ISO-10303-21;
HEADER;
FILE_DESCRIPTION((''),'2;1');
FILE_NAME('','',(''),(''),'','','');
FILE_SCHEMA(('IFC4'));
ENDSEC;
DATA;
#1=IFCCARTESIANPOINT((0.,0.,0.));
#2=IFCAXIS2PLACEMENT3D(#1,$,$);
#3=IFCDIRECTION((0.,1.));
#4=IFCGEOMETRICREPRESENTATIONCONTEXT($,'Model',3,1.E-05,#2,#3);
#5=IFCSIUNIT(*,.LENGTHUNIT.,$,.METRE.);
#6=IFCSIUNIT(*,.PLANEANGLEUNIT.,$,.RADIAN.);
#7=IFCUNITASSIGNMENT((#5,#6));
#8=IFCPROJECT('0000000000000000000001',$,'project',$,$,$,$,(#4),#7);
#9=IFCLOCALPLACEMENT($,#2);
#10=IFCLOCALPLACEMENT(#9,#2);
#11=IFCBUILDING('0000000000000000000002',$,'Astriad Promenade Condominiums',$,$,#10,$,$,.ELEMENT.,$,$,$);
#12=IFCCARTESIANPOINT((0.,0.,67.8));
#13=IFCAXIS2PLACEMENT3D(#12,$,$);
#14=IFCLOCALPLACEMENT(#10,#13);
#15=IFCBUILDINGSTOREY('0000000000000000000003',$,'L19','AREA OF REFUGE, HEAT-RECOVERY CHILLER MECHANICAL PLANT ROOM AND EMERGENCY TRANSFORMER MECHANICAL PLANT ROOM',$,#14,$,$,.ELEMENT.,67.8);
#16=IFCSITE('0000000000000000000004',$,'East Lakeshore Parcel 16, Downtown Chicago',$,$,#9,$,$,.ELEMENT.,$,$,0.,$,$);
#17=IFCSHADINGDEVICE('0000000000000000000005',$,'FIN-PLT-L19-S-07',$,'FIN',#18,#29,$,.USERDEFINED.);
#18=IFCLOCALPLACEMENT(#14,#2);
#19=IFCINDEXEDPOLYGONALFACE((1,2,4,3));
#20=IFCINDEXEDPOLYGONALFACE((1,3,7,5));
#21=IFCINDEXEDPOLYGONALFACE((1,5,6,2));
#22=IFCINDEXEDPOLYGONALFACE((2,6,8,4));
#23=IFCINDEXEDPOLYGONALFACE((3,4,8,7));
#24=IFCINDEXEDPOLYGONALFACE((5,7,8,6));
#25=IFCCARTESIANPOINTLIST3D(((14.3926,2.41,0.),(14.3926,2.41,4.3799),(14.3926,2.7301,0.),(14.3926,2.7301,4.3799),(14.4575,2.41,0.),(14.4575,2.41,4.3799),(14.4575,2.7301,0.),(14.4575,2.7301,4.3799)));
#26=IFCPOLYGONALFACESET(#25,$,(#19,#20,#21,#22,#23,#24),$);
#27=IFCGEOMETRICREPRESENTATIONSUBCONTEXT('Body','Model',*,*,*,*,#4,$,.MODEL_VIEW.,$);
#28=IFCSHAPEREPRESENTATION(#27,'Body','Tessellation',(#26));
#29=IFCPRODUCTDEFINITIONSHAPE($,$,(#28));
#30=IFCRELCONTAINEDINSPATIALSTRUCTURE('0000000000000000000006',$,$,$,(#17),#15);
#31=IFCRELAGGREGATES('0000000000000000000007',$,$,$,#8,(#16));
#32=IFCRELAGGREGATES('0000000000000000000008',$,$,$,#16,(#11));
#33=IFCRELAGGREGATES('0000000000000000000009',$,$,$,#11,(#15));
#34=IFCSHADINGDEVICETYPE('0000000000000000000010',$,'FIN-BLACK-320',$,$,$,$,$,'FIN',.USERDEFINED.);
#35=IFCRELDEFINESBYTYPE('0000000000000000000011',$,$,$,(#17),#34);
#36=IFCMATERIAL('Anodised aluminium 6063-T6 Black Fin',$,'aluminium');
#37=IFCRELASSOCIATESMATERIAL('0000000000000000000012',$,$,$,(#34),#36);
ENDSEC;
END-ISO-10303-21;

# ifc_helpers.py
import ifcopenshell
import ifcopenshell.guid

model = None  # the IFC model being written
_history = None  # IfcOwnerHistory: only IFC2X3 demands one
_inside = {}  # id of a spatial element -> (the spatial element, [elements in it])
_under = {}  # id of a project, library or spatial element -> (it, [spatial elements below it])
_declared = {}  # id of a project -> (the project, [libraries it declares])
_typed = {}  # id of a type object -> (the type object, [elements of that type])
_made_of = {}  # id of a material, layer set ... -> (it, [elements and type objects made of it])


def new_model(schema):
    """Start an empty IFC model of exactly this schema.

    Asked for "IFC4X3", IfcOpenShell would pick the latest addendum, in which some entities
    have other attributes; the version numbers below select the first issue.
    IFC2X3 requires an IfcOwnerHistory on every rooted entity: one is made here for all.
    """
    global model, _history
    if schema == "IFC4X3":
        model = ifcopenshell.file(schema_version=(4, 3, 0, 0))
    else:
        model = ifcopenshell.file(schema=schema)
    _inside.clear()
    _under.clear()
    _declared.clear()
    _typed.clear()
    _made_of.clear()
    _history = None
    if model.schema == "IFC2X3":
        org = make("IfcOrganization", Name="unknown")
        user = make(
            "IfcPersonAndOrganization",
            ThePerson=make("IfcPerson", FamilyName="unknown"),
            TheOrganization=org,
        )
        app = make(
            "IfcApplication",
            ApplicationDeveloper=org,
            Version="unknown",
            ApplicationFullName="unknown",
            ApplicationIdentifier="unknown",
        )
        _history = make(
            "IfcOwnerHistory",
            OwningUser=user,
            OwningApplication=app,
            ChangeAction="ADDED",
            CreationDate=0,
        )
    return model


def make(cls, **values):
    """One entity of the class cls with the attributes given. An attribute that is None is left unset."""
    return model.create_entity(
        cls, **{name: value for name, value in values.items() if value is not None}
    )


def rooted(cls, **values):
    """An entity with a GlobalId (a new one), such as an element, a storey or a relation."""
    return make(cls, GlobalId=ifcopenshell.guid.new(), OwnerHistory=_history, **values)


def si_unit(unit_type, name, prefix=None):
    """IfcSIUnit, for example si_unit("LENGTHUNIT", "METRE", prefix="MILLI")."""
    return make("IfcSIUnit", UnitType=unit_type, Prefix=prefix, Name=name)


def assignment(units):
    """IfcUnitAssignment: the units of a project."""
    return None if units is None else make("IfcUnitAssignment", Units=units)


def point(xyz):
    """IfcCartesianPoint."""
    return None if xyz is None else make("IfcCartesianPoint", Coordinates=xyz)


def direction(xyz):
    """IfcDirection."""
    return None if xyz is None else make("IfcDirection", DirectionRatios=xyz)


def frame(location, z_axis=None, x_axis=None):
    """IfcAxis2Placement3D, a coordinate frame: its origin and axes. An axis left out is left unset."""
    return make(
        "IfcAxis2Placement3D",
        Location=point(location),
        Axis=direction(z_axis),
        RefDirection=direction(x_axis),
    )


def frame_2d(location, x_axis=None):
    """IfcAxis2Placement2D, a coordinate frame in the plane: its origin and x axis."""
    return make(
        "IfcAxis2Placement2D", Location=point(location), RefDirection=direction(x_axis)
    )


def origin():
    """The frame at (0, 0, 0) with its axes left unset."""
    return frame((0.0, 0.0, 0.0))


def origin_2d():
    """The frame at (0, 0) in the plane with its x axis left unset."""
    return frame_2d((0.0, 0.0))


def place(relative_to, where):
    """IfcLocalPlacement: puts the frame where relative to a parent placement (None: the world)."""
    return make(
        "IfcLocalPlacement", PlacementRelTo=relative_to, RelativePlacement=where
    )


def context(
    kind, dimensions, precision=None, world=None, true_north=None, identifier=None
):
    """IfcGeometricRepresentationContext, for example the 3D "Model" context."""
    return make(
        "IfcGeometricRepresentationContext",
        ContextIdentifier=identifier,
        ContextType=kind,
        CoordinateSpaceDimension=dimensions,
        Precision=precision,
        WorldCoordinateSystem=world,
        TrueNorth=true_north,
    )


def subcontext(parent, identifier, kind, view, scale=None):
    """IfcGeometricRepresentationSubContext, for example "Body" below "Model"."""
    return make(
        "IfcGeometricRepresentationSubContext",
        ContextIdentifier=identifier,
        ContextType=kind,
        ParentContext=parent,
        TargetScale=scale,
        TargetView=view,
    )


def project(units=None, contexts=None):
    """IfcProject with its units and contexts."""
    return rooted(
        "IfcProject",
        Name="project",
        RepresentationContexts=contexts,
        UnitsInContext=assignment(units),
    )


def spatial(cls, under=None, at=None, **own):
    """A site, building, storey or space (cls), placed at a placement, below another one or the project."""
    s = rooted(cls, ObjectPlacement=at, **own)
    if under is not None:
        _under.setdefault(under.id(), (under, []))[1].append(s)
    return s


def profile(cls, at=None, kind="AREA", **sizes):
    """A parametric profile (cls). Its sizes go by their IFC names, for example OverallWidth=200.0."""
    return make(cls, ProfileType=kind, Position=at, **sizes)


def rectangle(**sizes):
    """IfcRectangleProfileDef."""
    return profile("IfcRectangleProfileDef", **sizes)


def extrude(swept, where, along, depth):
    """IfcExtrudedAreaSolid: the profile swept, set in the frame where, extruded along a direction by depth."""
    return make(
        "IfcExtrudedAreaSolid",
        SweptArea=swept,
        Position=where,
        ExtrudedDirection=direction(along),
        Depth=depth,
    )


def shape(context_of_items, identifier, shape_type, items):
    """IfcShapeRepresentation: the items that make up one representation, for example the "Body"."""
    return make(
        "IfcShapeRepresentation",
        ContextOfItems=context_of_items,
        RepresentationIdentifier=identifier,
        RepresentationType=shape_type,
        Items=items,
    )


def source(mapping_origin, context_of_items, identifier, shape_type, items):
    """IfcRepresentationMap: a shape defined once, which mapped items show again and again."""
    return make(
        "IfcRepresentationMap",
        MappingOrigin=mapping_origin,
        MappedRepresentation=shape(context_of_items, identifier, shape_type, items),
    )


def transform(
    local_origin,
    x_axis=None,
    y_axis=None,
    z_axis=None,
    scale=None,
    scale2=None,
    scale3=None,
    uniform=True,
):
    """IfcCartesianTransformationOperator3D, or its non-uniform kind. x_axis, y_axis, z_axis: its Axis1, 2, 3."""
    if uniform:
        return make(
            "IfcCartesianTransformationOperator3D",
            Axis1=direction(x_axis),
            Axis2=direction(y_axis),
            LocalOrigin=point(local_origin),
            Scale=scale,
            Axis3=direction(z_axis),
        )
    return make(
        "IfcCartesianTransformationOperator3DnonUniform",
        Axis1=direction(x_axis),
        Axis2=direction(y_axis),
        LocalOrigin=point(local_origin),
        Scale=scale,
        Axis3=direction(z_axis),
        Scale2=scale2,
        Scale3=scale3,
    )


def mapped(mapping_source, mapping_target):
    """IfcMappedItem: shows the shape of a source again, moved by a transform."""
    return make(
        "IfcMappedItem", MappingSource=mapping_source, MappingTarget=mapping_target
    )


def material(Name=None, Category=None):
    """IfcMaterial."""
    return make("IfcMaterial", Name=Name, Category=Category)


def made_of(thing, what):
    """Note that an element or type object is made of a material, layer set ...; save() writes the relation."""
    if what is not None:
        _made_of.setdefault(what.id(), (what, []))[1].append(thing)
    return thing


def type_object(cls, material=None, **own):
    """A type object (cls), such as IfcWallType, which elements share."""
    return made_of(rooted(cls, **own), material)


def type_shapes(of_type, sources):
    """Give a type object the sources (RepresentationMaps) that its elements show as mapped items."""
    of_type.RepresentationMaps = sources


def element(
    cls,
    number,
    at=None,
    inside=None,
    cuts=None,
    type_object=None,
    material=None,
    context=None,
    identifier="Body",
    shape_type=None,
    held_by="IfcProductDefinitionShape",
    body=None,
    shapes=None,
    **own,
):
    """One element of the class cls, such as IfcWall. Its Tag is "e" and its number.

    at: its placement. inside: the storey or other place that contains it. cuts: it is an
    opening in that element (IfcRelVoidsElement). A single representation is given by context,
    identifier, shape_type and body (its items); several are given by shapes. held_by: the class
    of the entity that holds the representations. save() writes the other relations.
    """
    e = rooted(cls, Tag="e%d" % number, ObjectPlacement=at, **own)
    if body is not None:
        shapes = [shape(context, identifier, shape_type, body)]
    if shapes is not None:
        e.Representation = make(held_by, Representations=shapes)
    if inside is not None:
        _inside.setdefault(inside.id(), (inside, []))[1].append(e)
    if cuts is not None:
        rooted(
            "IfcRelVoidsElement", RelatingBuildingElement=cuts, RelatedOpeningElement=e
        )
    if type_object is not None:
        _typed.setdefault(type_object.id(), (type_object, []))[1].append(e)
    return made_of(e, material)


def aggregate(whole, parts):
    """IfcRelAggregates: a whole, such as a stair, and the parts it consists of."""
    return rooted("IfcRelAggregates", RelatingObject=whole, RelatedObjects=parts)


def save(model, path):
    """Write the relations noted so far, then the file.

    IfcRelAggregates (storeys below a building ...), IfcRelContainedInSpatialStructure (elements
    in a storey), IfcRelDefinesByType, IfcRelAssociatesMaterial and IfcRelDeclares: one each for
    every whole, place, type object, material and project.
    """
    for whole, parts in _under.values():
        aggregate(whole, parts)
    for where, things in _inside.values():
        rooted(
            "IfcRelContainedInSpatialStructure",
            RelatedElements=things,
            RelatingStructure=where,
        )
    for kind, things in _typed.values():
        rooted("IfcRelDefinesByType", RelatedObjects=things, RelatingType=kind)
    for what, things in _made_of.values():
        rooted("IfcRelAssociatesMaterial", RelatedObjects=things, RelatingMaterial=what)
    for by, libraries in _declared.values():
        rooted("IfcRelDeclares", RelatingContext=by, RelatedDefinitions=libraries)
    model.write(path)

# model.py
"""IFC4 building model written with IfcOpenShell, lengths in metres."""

from ifc_helpers import new_model, si_unit, direction, frame, origin, origin_2d, place, context, subcontext, project, spatial, rectangle, extrude, source, transform, mapped, material, type_object, type_shapes, element, save


model = new_model("IFC4")

# Units and contexts
model_context = context("Model", 3, precision=1e-05, world=origin(), true_north=direction((0.0, 1.0)))
body_context = subcontext(model_context, "Body", "Model", "MODEL_VIEW")
ifc_project = project(units=[si_unit("LENGTHUNIT", "METRE"), si_unit("PLANEANGLEUNIT", "RADIAN")], contexts=[model_context])

# Site, building, storey
site_placement = place(None, origin())
site = spatial("IfcSite", under=ifc_project, at=site_placement, Name="East Lakeshore Parcel 16, Downtown Chicago", CompositionType="ELEMENT", RefElevation=0.0)
building_placement = place(site_placement, origin())
building = spatial("IfcBuilding", under=site, at=building_placement, Name="Astriad Promenade Condominiums", CompositionType="ELEMENT")
storey_placement = place(building_placement, frame((0.0, 0.0, 67.8)))
storey = spatial("IfcBuildingStorey", under=building, at=storey_placement, Name="L19", Description="AREA OF REFUGE, HEAT-RECOVERY CHILLER MECHANICAL PLANT ROOM AND EMERGENCY TRANSFORMER MECHANICAL PLANT ROOM", CompositionType="ELEMENT", Elevation=67.8)

# Shading device
ifc_material_1 = material(Name="Anodised aluminium 6063-T6 Black Fin", Category="aluminium")
shading_device_type_1 = type_object("IfcShadingDeviceType", Name="FIN-BLACK-320", ElementType="FIN", PredefinedType="USERDEFINED", material=ifc_material_1)
shared_shape_1 = source(origin(), body_context, "Body", "SweptSolid", [
    extrude(rectangle(XDim=0.0649, YDim=0.3201, at=origin_2d()), origin(), (0.0, 0.0, 1.0), 4.3799),
])
type_shapes(shading_device_type_1, [shared_shape_1])
for number, where, z_axis, x_axis, name in (
    (1, (14.425, 2.5701, 0.0), (0.0, 0.0, 1.0), (-1.0, 0.0, 0.0), "FIN-PLT-L19-S-07"),
):
    element("IfcShadingDevice", number, at=place(storey_placement, frame(where, z_axis=z_axis, x_axis=x_axis)), inside=storey, type_object=shading_device_type_1, Name=name, ObjectType="FIN", PredefinedType="USERDEFINED", context=body_context, shape_type="MappedRepresentation", body=[
        mapped(shared_shape_1, transform((0.0, 0.0, 0.0), scale=1.0)),
    ])

save(model, "model.ifc")
